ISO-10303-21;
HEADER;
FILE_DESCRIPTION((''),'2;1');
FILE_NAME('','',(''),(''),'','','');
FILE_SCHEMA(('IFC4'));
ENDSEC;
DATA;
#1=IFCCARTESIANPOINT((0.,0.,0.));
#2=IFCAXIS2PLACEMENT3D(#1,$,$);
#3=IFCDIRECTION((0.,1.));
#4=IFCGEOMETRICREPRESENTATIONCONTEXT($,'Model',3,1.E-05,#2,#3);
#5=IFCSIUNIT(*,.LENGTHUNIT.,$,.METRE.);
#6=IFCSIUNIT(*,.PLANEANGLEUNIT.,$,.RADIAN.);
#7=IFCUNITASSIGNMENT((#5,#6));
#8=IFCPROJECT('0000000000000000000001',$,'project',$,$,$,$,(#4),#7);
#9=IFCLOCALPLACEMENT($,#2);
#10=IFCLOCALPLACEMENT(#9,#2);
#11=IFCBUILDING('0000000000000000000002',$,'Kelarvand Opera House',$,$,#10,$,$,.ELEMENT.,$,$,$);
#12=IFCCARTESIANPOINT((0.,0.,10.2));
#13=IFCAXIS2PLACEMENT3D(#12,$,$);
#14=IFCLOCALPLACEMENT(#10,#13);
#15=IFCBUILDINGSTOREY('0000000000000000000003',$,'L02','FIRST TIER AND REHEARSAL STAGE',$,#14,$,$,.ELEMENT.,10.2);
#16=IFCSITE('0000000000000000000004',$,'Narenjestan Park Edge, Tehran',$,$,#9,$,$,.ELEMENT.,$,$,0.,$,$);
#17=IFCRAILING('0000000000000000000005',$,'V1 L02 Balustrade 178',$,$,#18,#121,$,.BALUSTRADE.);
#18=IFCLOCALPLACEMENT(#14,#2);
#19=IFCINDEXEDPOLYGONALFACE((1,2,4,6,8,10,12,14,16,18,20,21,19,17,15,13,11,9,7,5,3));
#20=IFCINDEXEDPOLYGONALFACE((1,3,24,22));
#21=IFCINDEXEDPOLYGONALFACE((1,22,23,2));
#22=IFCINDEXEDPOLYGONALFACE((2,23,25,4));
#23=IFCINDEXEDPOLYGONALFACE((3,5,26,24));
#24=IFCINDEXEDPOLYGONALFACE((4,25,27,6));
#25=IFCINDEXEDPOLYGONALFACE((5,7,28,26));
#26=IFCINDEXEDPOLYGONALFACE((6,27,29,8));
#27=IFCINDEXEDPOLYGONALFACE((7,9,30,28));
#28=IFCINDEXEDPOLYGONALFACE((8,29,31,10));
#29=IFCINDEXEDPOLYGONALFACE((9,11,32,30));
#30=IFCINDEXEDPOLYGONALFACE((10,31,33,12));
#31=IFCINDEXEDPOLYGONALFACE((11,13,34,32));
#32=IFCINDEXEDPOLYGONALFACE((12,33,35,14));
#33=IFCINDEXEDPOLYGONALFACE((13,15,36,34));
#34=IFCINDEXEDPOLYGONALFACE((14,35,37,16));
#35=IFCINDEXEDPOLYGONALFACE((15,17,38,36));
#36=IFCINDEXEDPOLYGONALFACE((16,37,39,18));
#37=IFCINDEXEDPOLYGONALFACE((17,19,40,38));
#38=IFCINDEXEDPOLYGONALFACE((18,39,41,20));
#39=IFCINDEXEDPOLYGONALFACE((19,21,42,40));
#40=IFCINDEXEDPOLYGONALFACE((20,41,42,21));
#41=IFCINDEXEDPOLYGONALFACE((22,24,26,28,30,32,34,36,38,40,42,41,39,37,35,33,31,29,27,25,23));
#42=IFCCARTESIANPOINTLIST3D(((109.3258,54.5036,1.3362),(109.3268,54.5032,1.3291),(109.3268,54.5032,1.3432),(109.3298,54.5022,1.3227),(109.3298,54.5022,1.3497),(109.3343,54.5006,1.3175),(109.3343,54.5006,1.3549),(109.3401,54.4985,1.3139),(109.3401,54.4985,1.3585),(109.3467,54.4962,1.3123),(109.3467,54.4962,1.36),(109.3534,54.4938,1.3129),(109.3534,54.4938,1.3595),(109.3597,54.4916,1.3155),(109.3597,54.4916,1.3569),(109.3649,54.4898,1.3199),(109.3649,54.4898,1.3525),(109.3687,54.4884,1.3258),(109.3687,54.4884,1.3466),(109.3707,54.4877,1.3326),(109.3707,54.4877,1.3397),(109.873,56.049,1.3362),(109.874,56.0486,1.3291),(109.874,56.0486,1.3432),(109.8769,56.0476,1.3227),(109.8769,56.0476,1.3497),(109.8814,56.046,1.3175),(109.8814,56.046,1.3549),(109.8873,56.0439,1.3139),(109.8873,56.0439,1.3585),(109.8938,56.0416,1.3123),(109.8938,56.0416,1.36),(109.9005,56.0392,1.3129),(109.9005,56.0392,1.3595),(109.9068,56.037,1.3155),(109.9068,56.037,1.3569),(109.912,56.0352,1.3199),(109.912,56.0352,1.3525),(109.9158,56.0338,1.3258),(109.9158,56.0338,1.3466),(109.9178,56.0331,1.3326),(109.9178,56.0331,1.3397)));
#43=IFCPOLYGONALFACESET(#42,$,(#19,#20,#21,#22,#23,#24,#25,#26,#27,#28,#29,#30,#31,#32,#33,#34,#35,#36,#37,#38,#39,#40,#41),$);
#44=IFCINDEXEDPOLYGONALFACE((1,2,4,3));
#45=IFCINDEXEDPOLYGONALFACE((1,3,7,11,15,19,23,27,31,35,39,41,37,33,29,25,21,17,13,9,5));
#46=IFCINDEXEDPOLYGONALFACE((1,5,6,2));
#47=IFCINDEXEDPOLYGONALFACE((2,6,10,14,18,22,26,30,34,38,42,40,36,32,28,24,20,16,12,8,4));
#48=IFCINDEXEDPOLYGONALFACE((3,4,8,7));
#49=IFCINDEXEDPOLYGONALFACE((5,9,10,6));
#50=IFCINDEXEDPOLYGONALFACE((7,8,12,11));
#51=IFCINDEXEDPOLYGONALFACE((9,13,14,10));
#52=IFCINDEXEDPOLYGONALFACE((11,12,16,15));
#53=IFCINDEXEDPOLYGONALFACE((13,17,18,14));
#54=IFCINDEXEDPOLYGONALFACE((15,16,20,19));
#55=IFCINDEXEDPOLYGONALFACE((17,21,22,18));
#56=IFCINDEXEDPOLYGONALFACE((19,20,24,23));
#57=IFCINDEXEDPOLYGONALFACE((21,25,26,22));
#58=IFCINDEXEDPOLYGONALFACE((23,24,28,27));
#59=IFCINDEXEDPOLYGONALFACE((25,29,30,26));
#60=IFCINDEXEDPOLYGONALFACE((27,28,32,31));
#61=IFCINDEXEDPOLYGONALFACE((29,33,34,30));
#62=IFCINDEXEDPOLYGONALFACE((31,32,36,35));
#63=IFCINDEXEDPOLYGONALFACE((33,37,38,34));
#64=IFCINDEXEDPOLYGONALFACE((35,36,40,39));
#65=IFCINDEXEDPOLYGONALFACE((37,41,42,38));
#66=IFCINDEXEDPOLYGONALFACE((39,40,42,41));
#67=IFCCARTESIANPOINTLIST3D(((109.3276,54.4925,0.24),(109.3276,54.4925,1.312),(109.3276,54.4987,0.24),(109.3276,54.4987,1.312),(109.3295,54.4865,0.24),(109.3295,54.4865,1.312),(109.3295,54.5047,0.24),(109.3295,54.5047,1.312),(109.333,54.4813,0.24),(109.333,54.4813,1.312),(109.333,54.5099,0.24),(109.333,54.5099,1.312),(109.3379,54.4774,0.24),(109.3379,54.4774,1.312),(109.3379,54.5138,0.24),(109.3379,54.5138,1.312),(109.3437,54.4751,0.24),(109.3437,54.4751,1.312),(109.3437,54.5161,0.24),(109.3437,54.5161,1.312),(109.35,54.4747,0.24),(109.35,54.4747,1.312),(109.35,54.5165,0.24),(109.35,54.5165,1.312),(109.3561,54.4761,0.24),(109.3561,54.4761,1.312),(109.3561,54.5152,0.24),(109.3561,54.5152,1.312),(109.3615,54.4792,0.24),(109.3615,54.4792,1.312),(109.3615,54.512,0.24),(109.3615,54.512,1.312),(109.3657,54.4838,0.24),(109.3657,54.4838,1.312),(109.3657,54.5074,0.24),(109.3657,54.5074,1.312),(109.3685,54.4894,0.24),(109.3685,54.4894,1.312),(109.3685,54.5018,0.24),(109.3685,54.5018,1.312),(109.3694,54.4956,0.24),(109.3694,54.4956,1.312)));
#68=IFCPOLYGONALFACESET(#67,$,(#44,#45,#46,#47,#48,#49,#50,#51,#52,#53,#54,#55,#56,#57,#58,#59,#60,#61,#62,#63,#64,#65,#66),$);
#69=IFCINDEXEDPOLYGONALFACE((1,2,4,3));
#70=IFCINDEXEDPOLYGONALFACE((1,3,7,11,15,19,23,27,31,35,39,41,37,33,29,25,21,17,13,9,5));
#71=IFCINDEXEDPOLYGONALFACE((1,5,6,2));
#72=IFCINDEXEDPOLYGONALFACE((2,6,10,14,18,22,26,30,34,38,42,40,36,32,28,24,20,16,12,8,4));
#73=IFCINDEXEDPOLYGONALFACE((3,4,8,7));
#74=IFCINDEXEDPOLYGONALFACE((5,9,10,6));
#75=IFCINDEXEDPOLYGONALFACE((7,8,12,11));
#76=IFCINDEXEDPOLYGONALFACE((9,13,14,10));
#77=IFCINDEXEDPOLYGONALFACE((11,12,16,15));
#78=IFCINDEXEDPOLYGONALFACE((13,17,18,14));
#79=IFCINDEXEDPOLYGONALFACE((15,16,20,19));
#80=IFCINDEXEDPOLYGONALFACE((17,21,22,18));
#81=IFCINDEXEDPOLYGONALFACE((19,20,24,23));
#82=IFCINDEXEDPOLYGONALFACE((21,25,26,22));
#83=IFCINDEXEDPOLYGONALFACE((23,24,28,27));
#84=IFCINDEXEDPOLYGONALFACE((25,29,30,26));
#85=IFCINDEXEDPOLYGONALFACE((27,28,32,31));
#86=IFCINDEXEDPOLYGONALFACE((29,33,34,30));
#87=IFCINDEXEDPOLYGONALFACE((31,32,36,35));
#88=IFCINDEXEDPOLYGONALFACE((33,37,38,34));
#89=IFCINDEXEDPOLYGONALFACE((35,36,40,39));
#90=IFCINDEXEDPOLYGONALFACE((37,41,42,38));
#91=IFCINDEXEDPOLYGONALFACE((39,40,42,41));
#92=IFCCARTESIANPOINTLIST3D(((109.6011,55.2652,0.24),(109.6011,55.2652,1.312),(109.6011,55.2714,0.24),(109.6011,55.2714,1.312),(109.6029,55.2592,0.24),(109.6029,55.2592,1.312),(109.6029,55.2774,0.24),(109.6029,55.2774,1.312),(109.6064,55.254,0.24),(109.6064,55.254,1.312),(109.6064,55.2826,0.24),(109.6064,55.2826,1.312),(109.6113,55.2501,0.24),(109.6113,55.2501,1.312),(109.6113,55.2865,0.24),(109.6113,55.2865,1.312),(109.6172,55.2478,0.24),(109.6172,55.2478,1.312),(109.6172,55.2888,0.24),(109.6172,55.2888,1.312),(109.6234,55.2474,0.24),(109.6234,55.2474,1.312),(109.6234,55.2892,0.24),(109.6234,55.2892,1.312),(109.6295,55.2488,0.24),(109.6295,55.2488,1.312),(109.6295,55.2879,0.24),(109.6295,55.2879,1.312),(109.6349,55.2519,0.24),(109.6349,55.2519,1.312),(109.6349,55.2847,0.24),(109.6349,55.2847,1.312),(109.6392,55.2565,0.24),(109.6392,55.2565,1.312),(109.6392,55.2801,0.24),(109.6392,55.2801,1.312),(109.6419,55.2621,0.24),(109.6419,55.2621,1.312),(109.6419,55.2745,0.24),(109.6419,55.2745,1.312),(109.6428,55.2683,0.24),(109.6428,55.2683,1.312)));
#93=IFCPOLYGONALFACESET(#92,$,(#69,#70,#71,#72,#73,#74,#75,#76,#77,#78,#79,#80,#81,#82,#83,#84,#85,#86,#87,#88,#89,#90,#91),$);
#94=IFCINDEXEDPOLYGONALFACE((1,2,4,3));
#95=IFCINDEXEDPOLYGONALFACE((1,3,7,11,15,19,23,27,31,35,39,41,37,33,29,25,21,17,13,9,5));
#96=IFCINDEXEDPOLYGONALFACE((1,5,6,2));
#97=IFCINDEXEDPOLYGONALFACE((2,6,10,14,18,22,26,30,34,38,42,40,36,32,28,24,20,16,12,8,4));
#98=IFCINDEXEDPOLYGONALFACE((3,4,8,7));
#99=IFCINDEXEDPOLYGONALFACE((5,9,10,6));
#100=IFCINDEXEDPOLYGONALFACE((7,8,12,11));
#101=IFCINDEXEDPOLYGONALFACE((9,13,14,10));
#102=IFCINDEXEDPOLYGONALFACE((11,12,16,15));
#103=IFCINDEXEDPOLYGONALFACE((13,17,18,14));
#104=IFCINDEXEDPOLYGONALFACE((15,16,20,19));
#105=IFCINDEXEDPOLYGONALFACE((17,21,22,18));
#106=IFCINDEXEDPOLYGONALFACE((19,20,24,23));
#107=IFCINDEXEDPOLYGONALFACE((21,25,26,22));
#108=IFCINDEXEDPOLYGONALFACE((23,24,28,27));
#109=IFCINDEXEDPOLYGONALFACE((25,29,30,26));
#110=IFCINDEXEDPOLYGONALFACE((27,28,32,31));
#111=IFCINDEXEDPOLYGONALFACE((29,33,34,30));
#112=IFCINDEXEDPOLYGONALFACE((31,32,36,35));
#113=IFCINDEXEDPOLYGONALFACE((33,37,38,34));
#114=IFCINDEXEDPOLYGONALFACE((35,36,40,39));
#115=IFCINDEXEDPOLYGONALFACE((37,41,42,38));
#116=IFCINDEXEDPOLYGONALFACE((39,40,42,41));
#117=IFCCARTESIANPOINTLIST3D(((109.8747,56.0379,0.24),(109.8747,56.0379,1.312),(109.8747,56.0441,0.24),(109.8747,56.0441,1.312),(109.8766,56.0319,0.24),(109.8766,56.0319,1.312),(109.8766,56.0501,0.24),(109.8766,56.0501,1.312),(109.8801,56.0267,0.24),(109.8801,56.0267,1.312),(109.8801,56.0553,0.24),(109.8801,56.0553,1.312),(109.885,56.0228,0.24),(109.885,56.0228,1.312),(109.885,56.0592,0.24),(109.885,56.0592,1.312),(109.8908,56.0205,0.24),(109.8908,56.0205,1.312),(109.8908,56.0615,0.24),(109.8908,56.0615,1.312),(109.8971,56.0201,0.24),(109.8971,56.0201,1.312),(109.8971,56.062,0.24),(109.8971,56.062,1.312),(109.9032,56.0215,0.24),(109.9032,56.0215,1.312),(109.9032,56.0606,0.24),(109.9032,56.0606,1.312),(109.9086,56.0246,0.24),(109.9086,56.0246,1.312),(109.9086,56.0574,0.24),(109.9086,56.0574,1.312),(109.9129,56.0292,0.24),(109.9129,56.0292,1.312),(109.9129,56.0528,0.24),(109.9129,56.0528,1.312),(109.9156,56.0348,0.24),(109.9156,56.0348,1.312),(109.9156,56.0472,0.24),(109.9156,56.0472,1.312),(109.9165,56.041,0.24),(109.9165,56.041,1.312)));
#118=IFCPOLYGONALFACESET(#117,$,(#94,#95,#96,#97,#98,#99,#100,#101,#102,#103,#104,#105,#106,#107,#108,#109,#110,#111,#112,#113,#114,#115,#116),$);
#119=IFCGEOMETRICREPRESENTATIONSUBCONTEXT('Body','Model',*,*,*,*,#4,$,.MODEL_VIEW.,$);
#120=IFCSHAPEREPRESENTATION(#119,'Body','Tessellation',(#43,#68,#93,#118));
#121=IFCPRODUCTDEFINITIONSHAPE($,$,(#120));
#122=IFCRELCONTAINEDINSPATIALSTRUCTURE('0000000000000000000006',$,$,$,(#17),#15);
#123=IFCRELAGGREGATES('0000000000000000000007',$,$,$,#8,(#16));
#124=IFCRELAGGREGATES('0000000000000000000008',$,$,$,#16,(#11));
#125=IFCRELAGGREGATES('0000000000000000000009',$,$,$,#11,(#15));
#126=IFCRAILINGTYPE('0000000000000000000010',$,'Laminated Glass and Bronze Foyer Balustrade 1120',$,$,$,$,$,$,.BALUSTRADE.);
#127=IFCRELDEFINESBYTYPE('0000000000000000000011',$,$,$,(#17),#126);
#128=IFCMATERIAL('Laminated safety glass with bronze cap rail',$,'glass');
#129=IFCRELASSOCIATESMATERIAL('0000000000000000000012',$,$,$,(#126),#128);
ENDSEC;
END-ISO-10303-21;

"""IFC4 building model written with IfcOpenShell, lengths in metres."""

from ifc_helpers import new_model, si_unit, direction, frame, origin, origin_2d, place, context, subcontext, project, spatial, circle, extrude, material, type_object, element, save


model = new_model("IFC4")

# Units and contexts
model_context = context("Model", 3, precision=1e-05, world=origin(), true_north=direction((0.0, 1.0)))
body_context = subcontext(model_context, "Body", "Model", "MODEL_VIEW")
ifc_project = project(units=[si_unit("LENGTHUNIT", "METRE"), si_unit("PLANEANGLEUNIT", "RADIAN")], contexts=[model_context])

# Site, building, storey
site_placement = place(None, origin())
site = spatial("IfcSite", under=ifc_project, at=site_placement, Name="Narenjestan Park Edge, Tehran", CompositionType="ELEMENT", RefElevation=0.0)
building_placement = place(site_placement, origin())
building = spatial("IfcBuilding", under=site, at=building_placement, Name="Kelarvand Opera House", CompositionType="ELEMENT")
storey_placement = place(building_placement, frame((0.0, 0.0, 10.2)))
storey = spatial("IfcBuildingStorey", under=building, at=storey_placement, Name="L02", Description="FIRST TIER AND REHEARSAL STAGE", CompositionType="ELEMENT", Elevation=10.2)

# Railing
ifc_material_1 = material(Name="Laminated safety glass with bronze cap rail", Category="glass")
railing_type = type_object("IfcRailingType", Name="Laminated Glass and Bronze Foyer Balustrade 1120", PredefinedType="BALUSTRADE", material=ifc_material_1)
railing_1_placement = place(storey_placement, frame((109.3484, 54.4956, 0.24)))
element("IfcRailing", 1, at=railing_1_placement, inside=storey, type_object=railing_type, Name="V1 L02 Balustrade 178", PredefinedType="BALUSTRADE", context=body_context, shape_type="SweptSolid", body=[
    extrude(circle(Radius=0.0239, at=origin_2d()), frame((0.0, 0.0, 1.0962), z_axis=(0.333731, 0.942668, 0.0), x_axis=(-0.942668, 0.333731, 0.0)), (0.0, 0.0, 1.0), 1.6394),
    extrude(circle(Radius=0.021, at=origin_2d()), origin(), (0.0, 0.0, 1.0), 1.072),
    extrude(circle(Radius=0.021, at=origin_2d()), frame((0.2734, 0.7727, 0.0)), (0.0, 0.0, 1.0), 1.072),
    extrude(circle(Radius=0.021, at=origin_2d()), frame((0.5471, 1.5454, 0.0)), (0.0, 0.0, 1.0), 1.072),
])

save(model, "model.ifc")
